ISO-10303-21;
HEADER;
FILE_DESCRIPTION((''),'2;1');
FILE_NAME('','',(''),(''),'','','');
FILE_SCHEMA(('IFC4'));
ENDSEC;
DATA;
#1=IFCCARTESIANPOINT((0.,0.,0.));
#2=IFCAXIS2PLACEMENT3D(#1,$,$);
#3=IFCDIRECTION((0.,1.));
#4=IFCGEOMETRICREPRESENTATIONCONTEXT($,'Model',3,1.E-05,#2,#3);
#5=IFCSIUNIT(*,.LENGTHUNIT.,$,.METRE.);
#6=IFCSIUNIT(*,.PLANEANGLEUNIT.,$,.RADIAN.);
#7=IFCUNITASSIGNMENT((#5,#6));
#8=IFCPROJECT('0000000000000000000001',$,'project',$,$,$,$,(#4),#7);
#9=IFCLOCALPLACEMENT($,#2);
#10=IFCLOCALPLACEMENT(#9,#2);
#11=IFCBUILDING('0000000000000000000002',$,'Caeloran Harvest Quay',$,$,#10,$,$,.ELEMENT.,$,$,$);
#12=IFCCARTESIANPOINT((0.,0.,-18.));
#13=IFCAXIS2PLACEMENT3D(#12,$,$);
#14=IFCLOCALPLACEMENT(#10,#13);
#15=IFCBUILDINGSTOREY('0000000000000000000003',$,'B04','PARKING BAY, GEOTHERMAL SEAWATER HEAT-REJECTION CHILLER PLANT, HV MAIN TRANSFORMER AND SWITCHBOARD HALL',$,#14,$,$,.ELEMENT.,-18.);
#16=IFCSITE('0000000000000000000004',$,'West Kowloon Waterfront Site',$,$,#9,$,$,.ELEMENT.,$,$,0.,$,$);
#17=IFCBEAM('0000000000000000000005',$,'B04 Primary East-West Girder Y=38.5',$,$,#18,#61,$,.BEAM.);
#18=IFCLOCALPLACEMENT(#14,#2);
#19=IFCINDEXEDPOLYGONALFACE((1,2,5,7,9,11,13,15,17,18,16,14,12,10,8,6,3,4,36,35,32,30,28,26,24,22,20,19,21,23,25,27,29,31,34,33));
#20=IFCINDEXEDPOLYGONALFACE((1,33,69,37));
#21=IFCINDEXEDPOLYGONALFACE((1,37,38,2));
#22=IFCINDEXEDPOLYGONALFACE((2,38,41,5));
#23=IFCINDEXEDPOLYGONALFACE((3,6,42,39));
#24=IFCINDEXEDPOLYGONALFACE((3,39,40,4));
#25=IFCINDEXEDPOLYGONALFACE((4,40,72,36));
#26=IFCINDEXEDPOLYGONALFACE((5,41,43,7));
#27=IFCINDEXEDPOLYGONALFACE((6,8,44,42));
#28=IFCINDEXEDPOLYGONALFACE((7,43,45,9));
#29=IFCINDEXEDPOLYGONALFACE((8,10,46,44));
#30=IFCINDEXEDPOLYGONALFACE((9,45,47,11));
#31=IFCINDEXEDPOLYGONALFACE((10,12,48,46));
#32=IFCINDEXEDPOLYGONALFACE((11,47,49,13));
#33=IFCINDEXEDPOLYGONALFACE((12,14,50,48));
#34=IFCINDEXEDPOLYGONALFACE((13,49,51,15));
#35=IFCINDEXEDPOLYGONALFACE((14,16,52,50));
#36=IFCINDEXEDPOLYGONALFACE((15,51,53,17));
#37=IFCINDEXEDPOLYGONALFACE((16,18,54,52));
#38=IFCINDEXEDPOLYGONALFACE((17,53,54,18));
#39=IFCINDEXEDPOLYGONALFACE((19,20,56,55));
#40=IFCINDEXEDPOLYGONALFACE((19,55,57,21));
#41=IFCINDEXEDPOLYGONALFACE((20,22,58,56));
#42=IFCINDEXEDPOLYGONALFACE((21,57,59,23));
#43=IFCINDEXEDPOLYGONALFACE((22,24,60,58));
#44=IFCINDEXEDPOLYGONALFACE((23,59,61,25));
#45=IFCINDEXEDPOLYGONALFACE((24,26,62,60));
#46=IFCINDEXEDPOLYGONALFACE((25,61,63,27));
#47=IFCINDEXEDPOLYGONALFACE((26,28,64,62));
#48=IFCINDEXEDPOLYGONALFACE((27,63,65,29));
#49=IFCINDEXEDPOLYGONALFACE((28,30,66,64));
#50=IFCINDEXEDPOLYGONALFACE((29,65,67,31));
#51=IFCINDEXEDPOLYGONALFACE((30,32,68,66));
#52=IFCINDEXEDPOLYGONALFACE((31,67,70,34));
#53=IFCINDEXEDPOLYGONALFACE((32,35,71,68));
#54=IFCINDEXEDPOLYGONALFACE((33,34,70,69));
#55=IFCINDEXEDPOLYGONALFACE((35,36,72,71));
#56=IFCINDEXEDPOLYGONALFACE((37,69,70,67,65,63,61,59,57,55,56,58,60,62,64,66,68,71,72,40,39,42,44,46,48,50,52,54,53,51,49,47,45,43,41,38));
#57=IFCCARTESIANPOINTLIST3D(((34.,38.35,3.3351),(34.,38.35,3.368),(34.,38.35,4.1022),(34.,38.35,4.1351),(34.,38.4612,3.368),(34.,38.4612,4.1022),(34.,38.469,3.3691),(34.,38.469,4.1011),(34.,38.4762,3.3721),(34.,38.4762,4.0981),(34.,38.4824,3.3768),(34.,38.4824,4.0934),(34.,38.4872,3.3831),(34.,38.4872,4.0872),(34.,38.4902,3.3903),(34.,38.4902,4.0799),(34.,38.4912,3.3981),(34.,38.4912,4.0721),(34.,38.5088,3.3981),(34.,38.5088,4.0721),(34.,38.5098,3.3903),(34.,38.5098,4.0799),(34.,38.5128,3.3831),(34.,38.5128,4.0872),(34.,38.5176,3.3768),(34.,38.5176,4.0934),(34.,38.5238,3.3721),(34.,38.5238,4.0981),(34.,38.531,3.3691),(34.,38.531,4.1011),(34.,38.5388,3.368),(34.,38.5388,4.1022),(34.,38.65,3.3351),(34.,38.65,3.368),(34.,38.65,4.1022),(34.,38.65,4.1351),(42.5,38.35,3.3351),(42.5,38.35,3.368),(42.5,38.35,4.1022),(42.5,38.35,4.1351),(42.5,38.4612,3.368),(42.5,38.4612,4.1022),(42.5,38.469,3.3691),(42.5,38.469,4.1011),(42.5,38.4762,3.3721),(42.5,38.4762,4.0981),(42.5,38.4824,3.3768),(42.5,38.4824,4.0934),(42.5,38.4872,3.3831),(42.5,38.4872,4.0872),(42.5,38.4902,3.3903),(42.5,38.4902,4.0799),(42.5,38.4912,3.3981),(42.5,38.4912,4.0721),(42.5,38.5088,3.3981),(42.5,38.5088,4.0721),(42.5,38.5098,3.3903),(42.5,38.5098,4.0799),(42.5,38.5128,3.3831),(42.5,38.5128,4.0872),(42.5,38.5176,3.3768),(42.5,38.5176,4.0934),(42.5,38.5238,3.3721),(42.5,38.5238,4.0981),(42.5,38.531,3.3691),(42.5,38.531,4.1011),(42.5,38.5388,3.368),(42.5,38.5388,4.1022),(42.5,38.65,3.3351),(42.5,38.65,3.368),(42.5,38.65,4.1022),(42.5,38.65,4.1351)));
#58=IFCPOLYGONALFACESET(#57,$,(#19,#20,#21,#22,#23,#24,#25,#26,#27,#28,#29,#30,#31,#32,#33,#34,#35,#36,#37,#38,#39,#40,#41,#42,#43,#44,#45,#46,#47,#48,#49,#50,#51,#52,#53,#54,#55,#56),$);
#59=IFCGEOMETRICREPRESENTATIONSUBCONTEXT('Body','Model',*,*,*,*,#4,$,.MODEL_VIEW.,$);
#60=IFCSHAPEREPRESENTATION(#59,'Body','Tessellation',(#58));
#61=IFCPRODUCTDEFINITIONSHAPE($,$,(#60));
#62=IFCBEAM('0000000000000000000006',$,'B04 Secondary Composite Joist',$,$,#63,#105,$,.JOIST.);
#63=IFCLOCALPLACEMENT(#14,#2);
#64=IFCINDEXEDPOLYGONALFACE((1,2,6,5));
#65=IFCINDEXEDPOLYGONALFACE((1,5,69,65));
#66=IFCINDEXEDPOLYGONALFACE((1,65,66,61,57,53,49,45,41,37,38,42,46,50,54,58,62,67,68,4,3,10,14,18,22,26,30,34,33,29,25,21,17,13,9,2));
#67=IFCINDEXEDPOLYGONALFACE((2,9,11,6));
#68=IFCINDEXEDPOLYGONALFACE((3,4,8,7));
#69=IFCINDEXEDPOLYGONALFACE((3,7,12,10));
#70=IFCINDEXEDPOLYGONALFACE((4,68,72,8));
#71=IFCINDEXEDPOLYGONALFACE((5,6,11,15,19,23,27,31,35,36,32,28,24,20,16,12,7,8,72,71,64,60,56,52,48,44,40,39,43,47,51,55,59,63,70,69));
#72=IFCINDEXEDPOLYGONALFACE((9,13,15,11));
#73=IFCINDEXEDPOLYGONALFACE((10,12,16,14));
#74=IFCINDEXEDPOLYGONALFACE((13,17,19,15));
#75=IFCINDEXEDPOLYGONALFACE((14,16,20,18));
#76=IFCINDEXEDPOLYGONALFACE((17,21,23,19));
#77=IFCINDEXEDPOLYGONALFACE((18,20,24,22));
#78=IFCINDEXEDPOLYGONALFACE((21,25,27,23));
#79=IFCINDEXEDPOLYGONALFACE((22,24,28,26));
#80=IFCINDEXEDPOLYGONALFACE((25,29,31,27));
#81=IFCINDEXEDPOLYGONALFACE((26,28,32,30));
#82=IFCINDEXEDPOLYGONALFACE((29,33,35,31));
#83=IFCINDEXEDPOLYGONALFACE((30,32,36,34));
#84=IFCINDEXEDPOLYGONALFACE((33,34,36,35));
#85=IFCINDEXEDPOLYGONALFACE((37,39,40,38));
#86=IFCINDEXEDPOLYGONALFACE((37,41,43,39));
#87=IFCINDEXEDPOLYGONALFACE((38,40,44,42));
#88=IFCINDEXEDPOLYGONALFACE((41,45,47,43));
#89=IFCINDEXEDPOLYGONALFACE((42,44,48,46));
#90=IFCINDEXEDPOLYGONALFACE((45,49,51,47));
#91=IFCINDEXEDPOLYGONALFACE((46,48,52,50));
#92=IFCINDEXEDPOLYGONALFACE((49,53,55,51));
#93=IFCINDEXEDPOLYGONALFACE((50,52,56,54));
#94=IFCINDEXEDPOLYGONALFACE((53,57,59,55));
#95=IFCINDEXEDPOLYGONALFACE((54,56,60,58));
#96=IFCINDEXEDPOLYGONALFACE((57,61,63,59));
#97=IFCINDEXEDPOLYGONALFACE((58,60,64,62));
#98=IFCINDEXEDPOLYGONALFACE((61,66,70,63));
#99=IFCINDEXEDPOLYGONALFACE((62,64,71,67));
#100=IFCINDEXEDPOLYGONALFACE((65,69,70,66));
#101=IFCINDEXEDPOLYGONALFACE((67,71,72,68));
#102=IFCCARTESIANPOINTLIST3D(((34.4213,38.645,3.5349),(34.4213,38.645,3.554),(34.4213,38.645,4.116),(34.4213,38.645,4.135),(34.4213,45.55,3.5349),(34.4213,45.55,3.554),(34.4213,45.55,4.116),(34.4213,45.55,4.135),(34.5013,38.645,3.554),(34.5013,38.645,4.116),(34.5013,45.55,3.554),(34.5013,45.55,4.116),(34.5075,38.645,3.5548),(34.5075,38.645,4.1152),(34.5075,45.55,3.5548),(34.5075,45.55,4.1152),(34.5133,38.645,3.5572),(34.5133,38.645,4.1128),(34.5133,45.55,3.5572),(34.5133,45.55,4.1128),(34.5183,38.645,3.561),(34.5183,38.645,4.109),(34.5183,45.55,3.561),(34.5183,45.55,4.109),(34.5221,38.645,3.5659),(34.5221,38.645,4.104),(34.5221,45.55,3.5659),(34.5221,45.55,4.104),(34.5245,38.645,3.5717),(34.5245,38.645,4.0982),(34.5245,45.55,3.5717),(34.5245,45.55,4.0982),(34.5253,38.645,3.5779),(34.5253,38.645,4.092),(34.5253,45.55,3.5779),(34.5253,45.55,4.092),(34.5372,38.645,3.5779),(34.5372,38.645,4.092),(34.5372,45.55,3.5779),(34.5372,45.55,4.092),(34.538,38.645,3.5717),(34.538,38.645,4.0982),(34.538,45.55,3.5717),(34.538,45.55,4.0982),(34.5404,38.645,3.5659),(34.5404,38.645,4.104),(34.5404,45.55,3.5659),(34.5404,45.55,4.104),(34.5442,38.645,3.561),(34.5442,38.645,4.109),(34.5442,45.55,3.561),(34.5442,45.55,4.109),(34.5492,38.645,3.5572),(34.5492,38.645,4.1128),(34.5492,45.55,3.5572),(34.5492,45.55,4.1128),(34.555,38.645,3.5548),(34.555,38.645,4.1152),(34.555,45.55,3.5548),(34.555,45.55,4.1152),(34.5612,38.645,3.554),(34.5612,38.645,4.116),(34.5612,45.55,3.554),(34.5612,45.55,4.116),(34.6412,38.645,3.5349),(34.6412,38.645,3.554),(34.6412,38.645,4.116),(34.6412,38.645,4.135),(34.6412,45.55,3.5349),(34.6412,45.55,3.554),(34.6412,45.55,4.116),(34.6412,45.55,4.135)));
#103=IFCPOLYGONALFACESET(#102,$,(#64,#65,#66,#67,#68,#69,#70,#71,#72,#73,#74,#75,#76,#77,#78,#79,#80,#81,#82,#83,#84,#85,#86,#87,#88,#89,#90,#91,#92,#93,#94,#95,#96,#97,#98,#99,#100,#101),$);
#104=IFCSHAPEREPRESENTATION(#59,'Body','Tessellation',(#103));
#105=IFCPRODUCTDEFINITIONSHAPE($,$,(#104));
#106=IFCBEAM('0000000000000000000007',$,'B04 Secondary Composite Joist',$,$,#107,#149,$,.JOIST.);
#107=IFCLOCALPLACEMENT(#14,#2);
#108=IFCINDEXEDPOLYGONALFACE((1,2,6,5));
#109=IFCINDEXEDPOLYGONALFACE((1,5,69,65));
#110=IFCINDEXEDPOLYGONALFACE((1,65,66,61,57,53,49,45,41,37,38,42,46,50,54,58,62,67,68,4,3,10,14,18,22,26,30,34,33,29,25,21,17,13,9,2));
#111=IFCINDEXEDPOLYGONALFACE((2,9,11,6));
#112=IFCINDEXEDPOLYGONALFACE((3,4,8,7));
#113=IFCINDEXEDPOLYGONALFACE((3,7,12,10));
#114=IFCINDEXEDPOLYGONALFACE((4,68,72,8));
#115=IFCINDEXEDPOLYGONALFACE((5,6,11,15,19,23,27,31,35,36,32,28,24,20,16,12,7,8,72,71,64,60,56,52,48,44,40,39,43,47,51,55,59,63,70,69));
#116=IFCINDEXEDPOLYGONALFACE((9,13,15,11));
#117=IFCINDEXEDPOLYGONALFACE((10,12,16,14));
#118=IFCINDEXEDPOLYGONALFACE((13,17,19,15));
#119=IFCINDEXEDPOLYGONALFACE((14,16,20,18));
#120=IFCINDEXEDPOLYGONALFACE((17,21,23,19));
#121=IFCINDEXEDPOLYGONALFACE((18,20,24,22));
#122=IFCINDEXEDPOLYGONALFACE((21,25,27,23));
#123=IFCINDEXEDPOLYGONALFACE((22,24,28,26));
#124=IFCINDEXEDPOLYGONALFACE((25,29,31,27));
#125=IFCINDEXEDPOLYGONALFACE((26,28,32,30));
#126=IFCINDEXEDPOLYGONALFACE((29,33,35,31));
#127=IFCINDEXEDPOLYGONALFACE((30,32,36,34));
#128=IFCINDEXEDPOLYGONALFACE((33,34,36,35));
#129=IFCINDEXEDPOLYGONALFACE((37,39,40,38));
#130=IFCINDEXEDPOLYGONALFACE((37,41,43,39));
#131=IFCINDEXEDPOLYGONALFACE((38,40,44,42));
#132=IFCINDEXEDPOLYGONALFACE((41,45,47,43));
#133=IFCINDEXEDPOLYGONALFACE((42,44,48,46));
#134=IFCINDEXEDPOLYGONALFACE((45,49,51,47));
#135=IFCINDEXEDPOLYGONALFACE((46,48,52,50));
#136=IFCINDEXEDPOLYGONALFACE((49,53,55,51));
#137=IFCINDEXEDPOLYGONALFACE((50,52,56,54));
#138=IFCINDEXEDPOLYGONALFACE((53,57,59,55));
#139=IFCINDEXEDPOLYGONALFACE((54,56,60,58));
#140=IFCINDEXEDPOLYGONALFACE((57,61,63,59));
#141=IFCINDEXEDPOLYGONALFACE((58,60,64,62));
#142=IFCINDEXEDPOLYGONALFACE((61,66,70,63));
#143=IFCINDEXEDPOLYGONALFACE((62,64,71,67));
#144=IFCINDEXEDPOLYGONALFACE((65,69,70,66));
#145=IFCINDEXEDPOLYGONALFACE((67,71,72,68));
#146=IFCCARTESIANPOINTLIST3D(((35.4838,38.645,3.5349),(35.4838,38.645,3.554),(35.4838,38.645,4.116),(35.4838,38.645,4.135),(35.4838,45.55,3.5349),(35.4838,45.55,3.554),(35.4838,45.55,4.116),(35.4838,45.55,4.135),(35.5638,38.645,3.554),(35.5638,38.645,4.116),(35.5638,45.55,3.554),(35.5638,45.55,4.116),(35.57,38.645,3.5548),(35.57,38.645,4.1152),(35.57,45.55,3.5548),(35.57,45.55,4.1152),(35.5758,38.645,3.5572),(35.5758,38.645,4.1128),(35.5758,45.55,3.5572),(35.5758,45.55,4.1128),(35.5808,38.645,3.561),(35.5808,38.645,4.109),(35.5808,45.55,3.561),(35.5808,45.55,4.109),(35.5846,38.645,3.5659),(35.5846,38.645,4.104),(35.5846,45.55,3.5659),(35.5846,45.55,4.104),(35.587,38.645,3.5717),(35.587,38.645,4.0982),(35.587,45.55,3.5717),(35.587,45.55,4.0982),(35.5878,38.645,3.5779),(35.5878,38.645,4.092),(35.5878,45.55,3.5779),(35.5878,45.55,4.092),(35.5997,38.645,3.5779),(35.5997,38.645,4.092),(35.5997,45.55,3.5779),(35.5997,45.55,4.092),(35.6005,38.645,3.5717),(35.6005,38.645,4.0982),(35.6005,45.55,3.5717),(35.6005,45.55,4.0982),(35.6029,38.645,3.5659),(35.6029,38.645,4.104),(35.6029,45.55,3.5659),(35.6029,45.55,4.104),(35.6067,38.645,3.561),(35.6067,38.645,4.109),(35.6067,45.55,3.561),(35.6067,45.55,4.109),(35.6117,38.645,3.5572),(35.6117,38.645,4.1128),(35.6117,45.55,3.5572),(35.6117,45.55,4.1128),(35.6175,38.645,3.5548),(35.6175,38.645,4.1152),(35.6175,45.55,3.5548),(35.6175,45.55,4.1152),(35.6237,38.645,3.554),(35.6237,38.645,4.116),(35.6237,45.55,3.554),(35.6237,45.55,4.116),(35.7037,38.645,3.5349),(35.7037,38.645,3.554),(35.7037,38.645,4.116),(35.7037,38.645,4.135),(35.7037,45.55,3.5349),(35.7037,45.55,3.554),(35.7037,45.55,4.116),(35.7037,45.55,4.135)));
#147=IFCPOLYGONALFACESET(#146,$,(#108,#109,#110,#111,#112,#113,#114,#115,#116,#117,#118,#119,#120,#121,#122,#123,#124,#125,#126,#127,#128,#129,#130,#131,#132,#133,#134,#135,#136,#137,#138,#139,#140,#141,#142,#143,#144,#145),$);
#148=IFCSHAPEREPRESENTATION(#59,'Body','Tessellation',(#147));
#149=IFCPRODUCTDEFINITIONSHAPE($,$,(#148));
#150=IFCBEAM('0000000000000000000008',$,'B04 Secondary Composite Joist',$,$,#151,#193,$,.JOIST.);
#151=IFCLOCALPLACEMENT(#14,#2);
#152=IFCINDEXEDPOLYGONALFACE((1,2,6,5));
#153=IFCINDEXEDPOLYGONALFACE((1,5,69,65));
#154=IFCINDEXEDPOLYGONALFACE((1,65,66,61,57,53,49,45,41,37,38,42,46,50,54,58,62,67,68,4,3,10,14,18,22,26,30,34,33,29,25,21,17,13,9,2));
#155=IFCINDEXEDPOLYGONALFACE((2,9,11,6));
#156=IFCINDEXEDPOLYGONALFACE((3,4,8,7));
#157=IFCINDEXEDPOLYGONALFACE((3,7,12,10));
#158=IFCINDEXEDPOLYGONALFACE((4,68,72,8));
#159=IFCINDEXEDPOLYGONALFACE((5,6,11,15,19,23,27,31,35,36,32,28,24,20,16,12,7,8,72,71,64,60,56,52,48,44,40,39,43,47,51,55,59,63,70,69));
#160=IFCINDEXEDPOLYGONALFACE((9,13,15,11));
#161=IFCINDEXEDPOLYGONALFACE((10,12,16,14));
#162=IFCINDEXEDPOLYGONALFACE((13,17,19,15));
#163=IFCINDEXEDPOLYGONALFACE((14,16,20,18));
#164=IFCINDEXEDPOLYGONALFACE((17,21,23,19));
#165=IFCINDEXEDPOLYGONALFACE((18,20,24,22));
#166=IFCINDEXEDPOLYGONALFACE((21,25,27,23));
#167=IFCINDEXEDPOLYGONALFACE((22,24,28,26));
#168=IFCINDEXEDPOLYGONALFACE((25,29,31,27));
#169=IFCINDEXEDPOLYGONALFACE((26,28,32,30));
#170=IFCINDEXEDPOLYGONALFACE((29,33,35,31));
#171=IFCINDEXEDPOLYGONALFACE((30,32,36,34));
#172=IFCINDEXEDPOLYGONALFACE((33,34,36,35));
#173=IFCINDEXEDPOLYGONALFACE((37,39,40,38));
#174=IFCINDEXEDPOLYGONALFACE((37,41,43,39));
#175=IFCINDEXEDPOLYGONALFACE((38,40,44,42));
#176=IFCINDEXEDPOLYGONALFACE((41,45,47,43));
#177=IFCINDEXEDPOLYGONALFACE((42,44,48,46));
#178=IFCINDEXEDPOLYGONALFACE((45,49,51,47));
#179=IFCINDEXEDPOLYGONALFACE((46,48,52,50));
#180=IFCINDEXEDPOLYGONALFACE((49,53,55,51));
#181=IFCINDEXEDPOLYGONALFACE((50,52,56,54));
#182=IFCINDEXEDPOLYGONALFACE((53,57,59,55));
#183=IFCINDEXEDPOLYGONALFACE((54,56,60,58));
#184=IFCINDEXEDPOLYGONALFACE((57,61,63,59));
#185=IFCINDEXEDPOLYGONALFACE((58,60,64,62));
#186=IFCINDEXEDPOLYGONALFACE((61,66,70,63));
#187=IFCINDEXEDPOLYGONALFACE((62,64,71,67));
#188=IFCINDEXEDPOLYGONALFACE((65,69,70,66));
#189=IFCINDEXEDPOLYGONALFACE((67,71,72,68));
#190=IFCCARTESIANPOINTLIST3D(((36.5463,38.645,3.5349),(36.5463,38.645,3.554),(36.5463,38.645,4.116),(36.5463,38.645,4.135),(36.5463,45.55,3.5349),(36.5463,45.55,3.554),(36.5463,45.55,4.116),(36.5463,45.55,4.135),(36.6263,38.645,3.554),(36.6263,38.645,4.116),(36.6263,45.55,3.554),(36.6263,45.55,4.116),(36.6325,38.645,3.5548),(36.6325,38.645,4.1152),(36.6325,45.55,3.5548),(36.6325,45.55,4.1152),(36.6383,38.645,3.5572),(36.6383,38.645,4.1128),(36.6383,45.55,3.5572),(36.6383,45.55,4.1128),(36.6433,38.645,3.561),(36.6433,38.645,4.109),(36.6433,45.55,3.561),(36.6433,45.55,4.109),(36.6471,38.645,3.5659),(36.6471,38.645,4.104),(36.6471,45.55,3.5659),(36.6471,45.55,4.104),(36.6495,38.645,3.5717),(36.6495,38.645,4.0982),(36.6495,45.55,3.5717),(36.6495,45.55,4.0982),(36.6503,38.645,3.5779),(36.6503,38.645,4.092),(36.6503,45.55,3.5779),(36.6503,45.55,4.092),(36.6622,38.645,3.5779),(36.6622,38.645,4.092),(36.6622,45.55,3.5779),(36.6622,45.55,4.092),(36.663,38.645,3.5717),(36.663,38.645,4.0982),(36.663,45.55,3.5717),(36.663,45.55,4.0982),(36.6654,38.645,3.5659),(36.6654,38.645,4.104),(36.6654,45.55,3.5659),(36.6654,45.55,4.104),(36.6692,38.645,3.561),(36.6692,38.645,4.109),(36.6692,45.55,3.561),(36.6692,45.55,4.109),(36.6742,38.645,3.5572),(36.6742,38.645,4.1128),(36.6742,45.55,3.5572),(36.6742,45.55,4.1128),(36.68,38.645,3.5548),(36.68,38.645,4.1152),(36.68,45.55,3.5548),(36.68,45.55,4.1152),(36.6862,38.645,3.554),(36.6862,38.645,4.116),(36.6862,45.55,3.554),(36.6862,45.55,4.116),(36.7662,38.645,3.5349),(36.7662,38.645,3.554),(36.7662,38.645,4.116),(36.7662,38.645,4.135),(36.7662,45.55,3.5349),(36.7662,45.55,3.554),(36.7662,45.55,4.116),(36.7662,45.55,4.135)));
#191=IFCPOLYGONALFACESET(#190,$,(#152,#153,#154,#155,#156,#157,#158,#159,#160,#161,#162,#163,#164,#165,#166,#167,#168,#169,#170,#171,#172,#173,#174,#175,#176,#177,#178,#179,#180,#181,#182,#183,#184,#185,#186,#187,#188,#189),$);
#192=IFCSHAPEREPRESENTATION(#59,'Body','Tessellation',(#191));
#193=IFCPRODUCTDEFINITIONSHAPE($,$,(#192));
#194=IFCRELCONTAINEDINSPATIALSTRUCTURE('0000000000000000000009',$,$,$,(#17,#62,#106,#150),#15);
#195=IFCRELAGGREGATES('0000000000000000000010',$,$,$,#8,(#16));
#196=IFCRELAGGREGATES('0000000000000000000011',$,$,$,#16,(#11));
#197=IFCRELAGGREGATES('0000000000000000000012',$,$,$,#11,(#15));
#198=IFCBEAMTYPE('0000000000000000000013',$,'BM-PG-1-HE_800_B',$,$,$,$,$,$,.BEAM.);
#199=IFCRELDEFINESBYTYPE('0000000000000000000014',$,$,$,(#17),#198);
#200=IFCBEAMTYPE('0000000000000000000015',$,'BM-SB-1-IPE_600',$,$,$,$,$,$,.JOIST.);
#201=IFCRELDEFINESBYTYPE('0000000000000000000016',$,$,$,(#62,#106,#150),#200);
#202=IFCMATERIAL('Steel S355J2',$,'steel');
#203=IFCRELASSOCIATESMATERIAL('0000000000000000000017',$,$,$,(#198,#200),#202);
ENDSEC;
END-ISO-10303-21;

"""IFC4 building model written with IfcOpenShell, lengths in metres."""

from ifc_helpers import new_model, si_unit, direction, frame, origin, origin_2d, place, context, subcontext, project, spatial, i_section, extrude, material, material_profile, profile_set, type_object, element, save


model = new_model("IFC4")

# Units and contexts
model_context = context("Model", 3, precision=1e-05, world=origin(), true_north=direction((0.0, 1.0)))
body_context = subcontext(model_context, "Body", "Model", "MODEL_VIEW")
ifc_project = project(units=[si_unit("LENGTHUNIT", "METRE"), si_unit("PLANEANGLEUNIT", "RADIAN")], contexts=[model_context])

# Site, building, storey
site_placement = place(None, origin())
site = spatial("IfcSite", under=ifc_project, at=site_placement, Name="West Kowloon Waterfront Site", CompositionType="ELEMENT", RefElevation=0.0)
building_placement = place(site_placement, origin())
building = spatial("IfcBuilding", under=site, at=building_placement, Name="Caeloran Harvest Quay", CompositionType="ELEMENT")
storey_placement = place(building_placement, frame((0.0, 0.0, -18.0)))
storey = spatial("IfcBuildingStorey", under=building, at=storey_placement, Name="B04", Description="PARKING BAY, GEOTHERMAL SEAWATER HEAT-REJECTION CHILLER PLANT, HV MAIN TRANSFORMER AND SWITCHBOARD HALL", CompositionType="ELEMENT", Elevation=-18.0)

# Beams
ifc_material_1 = material(Name="Steel S355J2", Category="steel")
ifc_material_profile_1 = material_profile(ifc_material_1, i_section(OverallWidth=0.3, OverallDepth=0.8, WebThickness=0.0176, FlangeThickness=0.033, FilletRadius=0.03, at=origin_2d()), Name="HE 800 B")
ifc_profile_set_1 = profile_set([ifc_material_profile_1], Name="Steel S355J2")
beam_type_1 = type_object("IfcBeamType", Name="BM-PG-1-HE_800_B", PredefinedType="BEAM", material=ifc_profile_set_1)
beam_placement = place(storey_placement, frame((34.0, 38.5, 3.7351), z_axis=(1.0, 0.0, 0.0), x_axis=(0.0, 1.0, 0.0)))
element("IfcBeam", 1, at=beam_placement, inside=storey, type_object=beam_type_1, Name="B04 Primary East-West Girder Y=38.5", PredefinedType="BEAM", context=body_context, shape_type="SweptSolid", body=[
    extrude(i_section(OverallWidth=0.3, OverallDepth=0.8, WebThickness=0.0176, FlangeThickness=0.033, FilletRadius=0.03, at=origin_2d()), origin(), (0.0, 0.0, 1.0), 8.5),
])
ifc_material_profile_2 = material_profile(ifc_material_1, i_section(OverallWidth=0.22, OverallDepth=0.6001, WebThickness=0.012, FlangeThickness=0.019, FilletRadius=0.0239, at=origin_2d()), Name="IPE 600")
ifc_profile_set_2 = profile_set([ifc_material_profile_2], Name="Steel S355J2")
beam_type_2 = type_object("IfcBeamType", Name="BM-SB-1-IPE_600", PredefinedType="JOIST", material=ifc_profile_set_2)
for number, where, z_axis, x_axis, name in (
    (2, (34.5312, 38.645, 3.835), (0.0, 1.0, 0.0), (-1.0, 0.0, 0.0), "B04 Secondary Composite Joist"),
    (3, (35.5938, 38.645, 3.835), (0.0, 1.0, 0.0), (-1.0, 0.0, 0.0), "B04 Secondary Composite Joist"),
    (4, (36.6562, 38.645, 3.835), (0.0, 1.0, 0.0), (-1.0, 0.0, 0.0), "B04 Secondary Composite Joist"),
):
    element("IfcBeam", number, at=place(storey_placement, frame(where, z_axis=z_axis, x_axis=x_axis)), inside=storey, type_object=beam_type_2, Name=name, PredefinedType="JOIST", context=body_context, shape_type="SweptSolid", body=[
        extrude(i_section(OverallWidth=0.22, OverallDepth=0.6001, WebThickness=0.012, FlangeThickness=0.019, FilletRadius=0.0239, at=origin_2d()), origin(), (0.0, 0.0, 1.0), 6.905),
    ])

save(model, "model.ifc")
